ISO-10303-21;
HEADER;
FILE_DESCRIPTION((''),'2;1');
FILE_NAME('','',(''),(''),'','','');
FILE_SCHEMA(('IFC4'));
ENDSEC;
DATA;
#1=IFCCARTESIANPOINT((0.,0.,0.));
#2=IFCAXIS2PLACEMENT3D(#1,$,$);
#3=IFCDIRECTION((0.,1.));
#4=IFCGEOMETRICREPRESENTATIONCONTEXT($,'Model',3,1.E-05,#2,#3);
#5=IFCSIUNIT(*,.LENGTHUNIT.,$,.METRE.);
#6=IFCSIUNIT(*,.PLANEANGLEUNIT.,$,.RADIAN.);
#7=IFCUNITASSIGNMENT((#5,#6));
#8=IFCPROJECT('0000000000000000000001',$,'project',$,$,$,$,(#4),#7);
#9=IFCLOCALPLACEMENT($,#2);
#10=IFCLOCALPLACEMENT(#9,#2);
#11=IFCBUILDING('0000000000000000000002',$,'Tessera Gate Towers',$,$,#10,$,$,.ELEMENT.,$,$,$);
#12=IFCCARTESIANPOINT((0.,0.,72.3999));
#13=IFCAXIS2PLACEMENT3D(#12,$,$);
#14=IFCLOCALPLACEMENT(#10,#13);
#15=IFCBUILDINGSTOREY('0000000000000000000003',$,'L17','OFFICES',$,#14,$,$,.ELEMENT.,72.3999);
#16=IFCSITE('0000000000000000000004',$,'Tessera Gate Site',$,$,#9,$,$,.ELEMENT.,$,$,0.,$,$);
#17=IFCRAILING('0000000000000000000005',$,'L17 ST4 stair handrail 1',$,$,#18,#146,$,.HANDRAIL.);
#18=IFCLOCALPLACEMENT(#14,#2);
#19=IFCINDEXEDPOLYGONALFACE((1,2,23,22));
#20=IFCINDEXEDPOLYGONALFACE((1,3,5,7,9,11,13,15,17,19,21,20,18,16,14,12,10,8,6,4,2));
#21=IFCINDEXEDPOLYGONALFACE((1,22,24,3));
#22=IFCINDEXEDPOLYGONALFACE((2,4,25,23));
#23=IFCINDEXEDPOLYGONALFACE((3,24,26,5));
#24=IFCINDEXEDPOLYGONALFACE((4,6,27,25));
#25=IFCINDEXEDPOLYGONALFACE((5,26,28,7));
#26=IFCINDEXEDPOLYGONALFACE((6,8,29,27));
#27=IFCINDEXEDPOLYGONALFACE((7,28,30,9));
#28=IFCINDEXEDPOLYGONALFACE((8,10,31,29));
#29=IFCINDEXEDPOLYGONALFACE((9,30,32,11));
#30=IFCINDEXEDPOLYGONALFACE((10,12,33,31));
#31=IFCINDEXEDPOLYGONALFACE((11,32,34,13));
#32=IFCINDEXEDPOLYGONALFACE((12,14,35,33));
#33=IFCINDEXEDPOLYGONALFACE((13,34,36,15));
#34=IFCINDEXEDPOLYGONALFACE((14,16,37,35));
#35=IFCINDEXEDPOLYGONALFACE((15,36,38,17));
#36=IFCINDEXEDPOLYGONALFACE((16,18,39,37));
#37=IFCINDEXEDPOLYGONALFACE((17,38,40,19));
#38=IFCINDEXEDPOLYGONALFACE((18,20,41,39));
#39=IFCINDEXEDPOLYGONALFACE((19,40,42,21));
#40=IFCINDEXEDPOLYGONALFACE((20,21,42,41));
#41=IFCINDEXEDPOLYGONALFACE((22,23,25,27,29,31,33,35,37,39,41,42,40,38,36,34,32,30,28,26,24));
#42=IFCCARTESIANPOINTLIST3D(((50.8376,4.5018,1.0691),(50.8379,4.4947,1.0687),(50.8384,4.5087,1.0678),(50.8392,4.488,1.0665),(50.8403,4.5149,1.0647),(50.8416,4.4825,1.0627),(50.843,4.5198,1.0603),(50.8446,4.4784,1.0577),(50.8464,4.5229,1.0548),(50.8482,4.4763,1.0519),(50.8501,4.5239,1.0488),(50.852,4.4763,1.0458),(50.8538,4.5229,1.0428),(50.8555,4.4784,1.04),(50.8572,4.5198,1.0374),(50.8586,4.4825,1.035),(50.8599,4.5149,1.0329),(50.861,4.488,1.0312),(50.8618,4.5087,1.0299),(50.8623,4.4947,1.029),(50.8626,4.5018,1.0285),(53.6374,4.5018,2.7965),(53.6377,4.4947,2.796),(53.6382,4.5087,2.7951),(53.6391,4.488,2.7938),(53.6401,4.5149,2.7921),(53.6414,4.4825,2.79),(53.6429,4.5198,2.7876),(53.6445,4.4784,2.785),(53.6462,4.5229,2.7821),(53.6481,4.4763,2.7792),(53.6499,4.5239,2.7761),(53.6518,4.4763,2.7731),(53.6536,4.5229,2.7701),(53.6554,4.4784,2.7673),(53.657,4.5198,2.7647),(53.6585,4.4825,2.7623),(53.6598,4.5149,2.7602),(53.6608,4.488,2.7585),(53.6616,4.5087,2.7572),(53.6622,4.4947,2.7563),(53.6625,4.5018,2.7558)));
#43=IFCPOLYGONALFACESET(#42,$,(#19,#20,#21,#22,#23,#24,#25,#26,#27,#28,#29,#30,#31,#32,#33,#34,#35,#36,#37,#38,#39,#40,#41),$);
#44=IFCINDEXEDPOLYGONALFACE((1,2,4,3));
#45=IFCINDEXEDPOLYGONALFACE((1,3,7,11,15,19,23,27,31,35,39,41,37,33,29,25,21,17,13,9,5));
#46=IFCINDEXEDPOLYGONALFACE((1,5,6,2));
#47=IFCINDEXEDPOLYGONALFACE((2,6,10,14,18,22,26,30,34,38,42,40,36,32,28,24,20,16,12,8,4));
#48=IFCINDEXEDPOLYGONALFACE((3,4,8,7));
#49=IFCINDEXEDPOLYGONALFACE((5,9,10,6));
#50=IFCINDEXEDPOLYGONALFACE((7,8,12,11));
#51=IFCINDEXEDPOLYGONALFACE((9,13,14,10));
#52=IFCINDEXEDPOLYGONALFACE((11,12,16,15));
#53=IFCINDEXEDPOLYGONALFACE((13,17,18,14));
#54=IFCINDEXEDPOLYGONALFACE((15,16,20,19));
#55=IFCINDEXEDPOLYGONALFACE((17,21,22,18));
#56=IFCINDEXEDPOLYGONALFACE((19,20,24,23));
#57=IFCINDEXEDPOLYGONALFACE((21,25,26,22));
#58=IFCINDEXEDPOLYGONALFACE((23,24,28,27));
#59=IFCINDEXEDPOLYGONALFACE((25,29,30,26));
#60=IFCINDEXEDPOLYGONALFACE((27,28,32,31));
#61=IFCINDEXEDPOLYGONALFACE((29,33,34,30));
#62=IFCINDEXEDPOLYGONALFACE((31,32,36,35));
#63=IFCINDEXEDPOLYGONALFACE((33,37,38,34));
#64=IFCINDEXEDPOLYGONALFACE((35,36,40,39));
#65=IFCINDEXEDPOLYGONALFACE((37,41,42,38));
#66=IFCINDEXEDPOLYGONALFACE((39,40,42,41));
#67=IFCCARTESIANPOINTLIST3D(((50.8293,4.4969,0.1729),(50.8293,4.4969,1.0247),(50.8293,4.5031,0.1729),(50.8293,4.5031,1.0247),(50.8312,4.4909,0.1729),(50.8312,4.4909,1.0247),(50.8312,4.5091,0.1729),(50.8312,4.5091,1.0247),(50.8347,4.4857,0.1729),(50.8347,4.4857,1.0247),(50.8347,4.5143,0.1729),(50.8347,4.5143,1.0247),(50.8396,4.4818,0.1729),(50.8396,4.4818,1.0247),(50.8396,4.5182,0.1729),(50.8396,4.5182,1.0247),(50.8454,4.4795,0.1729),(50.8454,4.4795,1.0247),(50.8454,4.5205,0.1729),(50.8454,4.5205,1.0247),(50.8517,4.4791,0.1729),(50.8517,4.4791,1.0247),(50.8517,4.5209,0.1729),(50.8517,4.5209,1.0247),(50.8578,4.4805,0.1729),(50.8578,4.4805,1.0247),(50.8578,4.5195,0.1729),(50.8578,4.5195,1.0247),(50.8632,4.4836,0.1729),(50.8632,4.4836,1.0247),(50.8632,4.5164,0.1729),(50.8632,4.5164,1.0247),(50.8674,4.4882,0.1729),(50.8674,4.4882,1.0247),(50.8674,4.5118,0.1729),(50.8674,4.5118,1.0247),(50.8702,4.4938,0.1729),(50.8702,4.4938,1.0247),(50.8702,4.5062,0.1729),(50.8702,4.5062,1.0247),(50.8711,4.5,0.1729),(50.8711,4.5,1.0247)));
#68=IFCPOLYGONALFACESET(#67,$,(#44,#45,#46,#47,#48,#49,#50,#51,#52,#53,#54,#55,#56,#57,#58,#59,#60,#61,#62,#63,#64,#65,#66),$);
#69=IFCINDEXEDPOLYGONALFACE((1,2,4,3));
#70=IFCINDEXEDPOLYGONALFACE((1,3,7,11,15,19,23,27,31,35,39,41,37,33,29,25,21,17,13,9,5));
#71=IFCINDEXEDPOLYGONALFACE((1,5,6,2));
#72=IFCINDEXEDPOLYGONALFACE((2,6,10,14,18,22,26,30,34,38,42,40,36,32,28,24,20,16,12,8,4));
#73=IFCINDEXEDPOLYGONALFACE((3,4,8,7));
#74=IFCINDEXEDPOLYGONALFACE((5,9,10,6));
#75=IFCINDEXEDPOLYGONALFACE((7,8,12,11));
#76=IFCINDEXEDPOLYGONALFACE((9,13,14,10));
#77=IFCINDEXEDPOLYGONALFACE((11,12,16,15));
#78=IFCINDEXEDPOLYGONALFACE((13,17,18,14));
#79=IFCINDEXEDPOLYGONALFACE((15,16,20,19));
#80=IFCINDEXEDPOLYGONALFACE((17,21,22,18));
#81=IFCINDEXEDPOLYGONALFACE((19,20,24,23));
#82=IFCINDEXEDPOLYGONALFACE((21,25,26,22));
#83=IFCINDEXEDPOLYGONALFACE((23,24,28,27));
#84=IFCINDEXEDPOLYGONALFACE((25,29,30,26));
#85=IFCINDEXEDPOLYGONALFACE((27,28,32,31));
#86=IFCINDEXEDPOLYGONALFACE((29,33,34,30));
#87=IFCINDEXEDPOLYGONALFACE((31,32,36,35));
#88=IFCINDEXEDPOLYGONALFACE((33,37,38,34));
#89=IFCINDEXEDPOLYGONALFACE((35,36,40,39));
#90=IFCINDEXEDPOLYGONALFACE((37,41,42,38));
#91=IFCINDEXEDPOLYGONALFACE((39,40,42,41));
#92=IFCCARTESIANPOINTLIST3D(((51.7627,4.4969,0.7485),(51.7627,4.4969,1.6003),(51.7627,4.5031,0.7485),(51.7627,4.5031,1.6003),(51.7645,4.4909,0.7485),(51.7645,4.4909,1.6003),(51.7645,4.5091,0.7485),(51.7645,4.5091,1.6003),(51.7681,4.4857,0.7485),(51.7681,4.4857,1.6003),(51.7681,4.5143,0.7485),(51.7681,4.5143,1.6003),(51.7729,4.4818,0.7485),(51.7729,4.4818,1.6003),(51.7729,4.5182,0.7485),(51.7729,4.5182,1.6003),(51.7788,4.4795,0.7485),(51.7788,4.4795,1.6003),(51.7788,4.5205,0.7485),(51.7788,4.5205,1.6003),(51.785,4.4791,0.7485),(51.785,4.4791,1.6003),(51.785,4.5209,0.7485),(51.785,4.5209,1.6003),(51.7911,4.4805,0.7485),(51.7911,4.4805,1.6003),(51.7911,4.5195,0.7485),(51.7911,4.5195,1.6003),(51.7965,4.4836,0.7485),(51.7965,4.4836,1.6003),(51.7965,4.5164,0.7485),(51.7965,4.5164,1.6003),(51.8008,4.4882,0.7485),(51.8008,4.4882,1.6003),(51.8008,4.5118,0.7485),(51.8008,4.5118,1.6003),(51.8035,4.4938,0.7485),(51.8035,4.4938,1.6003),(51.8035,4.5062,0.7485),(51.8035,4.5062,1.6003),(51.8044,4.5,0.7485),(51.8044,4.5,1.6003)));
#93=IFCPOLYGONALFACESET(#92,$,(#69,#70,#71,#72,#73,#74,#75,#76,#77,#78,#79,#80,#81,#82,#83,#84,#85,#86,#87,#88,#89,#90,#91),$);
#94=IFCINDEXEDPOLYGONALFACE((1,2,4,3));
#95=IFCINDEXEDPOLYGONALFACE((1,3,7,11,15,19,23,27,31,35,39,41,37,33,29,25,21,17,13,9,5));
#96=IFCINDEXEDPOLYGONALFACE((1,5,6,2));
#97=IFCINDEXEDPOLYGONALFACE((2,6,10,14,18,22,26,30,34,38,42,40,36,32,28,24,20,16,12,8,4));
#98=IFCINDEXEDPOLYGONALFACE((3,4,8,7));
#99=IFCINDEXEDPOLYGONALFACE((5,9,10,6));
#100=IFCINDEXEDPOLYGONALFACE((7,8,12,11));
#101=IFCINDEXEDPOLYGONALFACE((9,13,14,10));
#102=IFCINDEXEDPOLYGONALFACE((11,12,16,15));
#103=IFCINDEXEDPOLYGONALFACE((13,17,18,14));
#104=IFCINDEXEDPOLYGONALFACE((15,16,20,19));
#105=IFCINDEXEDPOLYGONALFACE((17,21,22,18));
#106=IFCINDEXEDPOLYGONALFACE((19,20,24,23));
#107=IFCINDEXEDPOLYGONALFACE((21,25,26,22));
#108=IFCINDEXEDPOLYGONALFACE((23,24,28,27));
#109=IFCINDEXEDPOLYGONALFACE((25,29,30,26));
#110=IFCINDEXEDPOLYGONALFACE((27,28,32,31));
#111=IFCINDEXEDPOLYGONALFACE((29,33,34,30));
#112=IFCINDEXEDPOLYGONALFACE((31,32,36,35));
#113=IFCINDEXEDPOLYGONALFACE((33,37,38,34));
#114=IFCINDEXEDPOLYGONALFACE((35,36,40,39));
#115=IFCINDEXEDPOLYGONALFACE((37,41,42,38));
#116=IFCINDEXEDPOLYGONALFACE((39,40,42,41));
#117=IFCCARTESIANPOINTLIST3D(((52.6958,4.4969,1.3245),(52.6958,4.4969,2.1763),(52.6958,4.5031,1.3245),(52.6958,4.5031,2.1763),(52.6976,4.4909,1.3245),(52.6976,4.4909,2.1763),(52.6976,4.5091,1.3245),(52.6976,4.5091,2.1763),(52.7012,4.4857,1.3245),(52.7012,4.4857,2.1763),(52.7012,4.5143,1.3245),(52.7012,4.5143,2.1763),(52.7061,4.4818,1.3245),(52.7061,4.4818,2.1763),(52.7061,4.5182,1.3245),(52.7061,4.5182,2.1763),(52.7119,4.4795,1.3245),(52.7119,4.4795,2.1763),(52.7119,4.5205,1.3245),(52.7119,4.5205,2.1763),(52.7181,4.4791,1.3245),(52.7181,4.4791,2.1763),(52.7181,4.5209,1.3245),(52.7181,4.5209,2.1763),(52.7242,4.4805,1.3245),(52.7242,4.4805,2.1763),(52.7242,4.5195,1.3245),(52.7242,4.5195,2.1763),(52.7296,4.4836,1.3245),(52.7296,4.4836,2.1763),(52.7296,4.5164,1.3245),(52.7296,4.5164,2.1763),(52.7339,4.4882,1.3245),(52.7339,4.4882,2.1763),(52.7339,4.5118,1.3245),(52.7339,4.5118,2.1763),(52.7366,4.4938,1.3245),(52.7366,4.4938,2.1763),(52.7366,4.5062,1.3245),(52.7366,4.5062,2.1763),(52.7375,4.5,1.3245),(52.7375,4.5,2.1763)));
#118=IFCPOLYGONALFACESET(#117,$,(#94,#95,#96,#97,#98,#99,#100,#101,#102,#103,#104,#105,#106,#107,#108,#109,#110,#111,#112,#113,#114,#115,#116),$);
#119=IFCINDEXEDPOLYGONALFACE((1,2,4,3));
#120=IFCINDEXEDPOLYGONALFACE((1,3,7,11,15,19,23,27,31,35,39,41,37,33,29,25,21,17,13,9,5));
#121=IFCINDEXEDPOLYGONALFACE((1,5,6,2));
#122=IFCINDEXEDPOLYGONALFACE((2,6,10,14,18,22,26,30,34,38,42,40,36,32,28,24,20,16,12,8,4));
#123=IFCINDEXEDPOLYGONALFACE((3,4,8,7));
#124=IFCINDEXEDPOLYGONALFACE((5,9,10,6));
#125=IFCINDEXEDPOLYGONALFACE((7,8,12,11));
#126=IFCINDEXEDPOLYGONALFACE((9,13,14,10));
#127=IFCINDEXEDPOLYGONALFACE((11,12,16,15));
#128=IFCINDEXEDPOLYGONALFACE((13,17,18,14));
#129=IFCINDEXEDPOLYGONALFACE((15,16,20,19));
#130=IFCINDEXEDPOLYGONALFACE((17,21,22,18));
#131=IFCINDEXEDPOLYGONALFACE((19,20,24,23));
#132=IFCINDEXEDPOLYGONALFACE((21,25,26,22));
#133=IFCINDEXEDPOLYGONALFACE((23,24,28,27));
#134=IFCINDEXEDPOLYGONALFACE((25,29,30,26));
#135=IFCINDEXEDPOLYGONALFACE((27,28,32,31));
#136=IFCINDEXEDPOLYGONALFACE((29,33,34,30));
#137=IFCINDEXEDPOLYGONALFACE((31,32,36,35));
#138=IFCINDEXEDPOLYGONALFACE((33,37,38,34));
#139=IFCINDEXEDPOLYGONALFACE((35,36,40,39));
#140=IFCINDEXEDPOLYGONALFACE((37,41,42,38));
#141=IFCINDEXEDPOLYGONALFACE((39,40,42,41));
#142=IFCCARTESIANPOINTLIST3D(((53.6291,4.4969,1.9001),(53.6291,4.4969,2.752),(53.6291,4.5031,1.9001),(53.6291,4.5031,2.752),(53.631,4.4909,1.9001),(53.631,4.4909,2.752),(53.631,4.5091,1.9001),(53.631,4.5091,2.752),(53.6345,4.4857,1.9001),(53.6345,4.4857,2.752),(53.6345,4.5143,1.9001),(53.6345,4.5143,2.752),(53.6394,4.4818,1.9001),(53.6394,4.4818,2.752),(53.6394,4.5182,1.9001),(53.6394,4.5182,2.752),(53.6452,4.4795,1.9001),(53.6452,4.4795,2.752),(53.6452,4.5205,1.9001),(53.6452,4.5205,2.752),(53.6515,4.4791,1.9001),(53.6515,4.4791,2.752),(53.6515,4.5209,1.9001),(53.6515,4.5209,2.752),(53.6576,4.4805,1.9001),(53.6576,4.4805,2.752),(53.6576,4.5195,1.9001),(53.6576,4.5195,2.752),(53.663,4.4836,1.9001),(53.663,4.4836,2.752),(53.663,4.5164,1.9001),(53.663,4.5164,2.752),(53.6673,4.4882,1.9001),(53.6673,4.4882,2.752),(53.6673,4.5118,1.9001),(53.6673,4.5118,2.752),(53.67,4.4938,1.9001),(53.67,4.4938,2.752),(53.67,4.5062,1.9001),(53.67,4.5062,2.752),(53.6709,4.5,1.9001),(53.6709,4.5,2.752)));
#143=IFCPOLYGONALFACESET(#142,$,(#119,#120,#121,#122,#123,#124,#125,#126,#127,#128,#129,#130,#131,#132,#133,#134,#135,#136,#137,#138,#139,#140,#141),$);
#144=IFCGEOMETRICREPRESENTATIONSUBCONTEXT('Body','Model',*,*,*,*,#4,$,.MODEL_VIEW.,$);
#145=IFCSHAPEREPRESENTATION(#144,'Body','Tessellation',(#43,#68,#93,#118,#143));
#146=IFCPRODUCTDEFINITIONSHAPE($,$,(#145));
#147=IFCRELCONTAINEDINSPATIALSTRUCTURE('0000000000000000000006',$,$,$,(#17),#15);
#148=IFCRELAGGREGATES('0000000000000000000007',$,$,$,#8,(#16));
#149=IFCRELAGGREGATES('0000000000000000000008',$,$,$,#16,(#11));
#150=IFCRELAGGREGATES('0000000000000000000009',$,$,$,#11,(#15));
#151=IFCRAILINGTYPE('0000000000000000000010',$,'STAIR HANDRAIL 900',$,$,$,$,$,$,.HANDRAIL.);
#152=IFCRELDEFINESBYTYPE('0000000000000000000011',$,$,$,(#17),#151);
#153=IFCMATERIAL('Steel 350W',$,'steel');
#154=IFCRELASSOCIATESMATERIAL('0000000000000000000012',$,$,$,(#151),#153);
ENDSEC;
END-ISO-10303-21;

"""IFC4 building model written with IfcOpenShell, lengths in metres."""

from ifc_helpers import new_model, si_unit, direction, frame, origin, origin_2d, place, context, subcontext, project, spatial, circle, extrude, material, type_object, element, save


model = new_model("IFC4")

# Units and contexts
model_context = context("Model", 3, precision=1e-05, world=origin(), true_north=direction((0.0, 1.0)))
body_context = subcontext(model_context, "Body", "Model", "MODEL_VIEW")
ifc_project = project(units=[si_unit("LENGTHUNIT", "METRE"), si_unit("PLANEANGLEUNIT", "RADIAN")], contexts=[model_context])

# Site, building, storey
site_placement = place(None, origin())
site = spatial("IfcSite", under=ifc_project, at=site_placement, Name="Tessera Gate Site", CompositionType="ELEMENT", RefElevation=0.0)
building_placement = place(site_placement, origin())
building = spatial("IfcBuilding", under=site, at=building_placement, Name="Tessera Gate Towers", CompositionType="ELEMENT")
storey_placement = place(building_placement, frame((0.0, 0.0, 72.3999)))
storey = spatial("IfcBuildingStorey", under=building, at=storey_placement, Name="L17", Description="OFFICES", CompositionType="ELEMENT", Elevation=72.3999)

# Railing
ifc_material_1 = material(Name="Steel 350W", Category="steel")
railing_type_1 = type_object("IfcRailingType", Name="STAIR HANDRAIL 900", PredefinedType="HANDRAIL", material=ifc_material_1)
railing_1_placement = place(storey_placement, frame((50.8501, 4.5, 0.1729)))
element("IfcRailing", 1, at=railing_1_placement, inside=storey, type_object=railing_type_1, Name="L17 ST4 stair handrail 1", PredefinedType="HANDRAIL", context=body_context, shape_type="SweptSolid", body=[
    extrude(circle(Radius=0.0239, at=origin_2d()), frame((0.0, 0.0, 0.876), z_axis=(0.851069, 0.0, 0.525054), x_axis=(0.0, 1.0, 0.0)), (0.0, 0.0, 1.0), 3.2898),
    extrude(circle(Radius=0.021, at=origin_2d()), origin(), (0.0, 0.0, 1.0), 0.8518),
    extrude(circle(Radius=0.021, at=origin_2d()), frame((0.9333, 0.0, 0.5757)), (0.0, 0.0, 1.0), 0.8518),
    extrude(circle(Radius=0.021, at=origin_2d()), frame((1.8665, 0.0, 1.1516)), (0.0, 0.0, 1.0), 0.8518),
    extrude(circle(Radius=0.021, at=origin_2d()), frame((2.7998, 0.0, 1.7273)), (0.0, 0.0, 1.0), 0.8518),
])

save(model, "model.ifc")
